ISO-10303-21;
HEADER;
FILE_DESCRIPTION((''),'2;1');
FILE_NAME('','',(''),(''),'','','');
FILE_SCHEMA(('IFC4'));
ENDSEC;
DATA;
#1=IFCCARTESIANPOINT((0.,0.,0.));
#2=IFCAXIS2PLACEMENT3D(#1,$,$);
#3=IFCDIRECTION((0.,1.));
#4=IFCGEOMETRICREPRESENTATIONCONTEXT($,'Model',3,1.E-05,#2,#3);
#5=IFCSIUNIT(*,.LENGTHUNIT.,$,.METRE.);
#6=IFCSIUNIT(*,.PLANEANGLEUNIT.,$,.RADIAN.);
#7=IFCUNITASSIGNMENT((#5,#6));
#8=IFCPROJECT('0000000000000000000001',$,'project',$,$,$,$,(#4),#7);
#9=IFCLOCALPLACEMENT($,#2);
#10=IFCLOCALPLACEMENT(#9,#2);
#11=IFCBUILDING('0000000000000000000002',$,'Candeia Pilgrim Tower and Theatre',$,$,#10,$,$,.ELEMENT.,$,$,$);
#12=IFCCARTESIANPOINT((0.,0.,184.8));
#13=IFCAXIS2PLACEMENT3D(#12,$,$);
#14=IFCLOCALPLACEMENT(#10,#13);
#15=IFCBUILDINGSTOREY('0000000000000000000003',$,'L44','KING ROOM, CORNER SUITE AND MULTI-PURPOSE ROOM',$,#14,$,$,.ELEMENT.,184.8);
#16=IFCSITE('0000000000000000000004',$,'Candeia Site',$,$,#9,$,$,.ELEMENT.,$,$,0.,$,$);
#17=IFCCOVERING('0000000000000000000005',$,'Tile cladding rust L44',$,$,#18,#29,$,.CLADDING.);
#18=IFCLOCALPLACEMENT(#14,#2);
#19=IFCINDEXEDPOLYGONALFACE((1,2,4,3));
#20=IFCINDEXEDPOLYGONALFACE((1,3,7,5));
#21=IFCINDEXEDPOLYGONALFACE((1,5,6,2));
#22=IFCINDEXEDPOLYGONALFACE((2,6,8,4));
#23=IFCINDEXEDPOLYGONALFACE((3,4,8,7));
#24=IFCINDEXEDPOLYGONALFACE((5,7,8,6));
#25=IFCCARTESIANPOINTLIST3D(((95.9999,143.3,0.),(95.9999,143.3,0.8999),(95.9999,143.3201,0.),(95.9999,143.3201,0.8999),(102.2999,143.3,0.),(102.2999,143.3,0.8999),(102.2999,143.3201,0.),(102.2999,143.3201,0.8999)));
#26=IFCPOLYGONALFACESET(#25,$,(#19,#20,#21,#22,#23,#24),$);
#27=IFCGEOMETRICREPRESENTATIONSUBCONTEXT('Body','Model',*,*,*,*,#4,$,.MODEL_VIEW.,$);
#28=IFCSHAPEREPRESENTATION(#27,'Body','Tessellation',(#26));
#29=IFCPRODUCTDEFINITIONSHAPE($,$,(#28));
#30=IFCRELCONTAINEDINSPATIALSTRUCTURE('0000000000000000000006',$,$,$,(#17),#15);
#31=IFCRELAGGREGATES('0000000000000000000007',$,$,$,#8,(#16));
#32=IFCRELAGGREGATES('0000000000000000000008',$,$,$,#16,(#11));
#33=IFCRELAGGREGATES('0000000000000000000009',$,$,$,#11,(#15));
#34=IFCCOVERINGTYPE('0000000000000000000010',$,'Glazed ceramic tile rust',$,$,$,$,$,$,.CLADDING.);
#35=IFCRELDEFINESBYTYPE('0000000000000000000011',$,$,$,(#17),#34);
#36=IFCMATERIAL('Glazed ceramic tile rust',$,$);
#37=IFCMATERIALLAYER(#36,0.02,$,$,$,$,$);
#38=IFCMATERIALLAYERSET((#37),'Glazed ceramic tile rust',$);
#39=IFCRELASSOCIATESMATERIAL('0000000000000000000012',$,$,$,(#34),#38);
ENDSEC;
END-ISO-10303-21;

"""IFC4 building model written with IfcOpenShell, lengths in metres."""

from ifc_helpers import new_model, si_unit, direction, frame, origin, origin_2d, place, context, subcontext, project, spatial, rectangle, extrude, material, layer, layer_set, type_object, element, save


model = new_model("IFC4")

# Units and contexts
model_context = context("Model", 3, precision=1e-05, world=origin(), true_north=direction((0.0, 1.0)))
body_context = subcontext(model_context, "Body", "Model", "MODEL_VIEW")
ifc_project = project(units=[si_unit("LENGTHUNIT", "METRE"), si_unit("PLANEANGLEUNIT", "RADIAN")], contexts=[model_context])

# Site, building, storey
site_placement = place(None, origin())
site = spatial("IfcSite", under=ifc_project, at=site_placement, Name="Candeia Site", CompositionType="ELEMENT", RefElevation=0.0)
building_placement = place(site_placement, origin())
building = spatial("IfcBuilding", under=site, at=building_placement, Name="Candeia Pilgrim Tower and Theatre", CompositionType="ELEMENT")
storey_placement = place(building_placement, frame((0.0, 0.0, 184.8)))
storey = spatial("IfcBuildingStorey", under=building, at=storey_placement, Name="L44", Description="KING ROOM, CORNER SUITE AND MULTI-PURPOSE ROOM", CompositionType="ELEMENT", Elevation=184.8)

# Covering
ifc_material_1 = material(Name="Glazed ceramic tile rust")
ifc_layer_1 = layer(ifc_material_1, 0.02)
ifc_layer_set_1 = layer_set([ifc_layer_1], Name="Glazed ceramic tile rust")
covering_type = type_object("IfcCoveringType", Name="Glazed ceramic tile rust", PredefinedType="CLADDING", material=ifc_layer_set_1)
covering_1_placement = place(storey_placement, frame((99.1499, 143.3101, 0.0), z_axis=(0.0, 0.0, 1.0), x_axis=(-1.0, 0.0, 0.0)))
element("IfcCovering", 1, at=covering_1_placement, inside=storey, type_object=covering_type, Name="Tile cladding rust L44", PredefinedType="CLADDING", context=body_context, shape_type="SweptSolid", body=[
    extrude(rectangle(XDim=6.3, YDim=0.02, at=origin_2d()), origin(), (0.0, 0.0, 1.0), 0.8999),
])

save(model, "model.ifc")
